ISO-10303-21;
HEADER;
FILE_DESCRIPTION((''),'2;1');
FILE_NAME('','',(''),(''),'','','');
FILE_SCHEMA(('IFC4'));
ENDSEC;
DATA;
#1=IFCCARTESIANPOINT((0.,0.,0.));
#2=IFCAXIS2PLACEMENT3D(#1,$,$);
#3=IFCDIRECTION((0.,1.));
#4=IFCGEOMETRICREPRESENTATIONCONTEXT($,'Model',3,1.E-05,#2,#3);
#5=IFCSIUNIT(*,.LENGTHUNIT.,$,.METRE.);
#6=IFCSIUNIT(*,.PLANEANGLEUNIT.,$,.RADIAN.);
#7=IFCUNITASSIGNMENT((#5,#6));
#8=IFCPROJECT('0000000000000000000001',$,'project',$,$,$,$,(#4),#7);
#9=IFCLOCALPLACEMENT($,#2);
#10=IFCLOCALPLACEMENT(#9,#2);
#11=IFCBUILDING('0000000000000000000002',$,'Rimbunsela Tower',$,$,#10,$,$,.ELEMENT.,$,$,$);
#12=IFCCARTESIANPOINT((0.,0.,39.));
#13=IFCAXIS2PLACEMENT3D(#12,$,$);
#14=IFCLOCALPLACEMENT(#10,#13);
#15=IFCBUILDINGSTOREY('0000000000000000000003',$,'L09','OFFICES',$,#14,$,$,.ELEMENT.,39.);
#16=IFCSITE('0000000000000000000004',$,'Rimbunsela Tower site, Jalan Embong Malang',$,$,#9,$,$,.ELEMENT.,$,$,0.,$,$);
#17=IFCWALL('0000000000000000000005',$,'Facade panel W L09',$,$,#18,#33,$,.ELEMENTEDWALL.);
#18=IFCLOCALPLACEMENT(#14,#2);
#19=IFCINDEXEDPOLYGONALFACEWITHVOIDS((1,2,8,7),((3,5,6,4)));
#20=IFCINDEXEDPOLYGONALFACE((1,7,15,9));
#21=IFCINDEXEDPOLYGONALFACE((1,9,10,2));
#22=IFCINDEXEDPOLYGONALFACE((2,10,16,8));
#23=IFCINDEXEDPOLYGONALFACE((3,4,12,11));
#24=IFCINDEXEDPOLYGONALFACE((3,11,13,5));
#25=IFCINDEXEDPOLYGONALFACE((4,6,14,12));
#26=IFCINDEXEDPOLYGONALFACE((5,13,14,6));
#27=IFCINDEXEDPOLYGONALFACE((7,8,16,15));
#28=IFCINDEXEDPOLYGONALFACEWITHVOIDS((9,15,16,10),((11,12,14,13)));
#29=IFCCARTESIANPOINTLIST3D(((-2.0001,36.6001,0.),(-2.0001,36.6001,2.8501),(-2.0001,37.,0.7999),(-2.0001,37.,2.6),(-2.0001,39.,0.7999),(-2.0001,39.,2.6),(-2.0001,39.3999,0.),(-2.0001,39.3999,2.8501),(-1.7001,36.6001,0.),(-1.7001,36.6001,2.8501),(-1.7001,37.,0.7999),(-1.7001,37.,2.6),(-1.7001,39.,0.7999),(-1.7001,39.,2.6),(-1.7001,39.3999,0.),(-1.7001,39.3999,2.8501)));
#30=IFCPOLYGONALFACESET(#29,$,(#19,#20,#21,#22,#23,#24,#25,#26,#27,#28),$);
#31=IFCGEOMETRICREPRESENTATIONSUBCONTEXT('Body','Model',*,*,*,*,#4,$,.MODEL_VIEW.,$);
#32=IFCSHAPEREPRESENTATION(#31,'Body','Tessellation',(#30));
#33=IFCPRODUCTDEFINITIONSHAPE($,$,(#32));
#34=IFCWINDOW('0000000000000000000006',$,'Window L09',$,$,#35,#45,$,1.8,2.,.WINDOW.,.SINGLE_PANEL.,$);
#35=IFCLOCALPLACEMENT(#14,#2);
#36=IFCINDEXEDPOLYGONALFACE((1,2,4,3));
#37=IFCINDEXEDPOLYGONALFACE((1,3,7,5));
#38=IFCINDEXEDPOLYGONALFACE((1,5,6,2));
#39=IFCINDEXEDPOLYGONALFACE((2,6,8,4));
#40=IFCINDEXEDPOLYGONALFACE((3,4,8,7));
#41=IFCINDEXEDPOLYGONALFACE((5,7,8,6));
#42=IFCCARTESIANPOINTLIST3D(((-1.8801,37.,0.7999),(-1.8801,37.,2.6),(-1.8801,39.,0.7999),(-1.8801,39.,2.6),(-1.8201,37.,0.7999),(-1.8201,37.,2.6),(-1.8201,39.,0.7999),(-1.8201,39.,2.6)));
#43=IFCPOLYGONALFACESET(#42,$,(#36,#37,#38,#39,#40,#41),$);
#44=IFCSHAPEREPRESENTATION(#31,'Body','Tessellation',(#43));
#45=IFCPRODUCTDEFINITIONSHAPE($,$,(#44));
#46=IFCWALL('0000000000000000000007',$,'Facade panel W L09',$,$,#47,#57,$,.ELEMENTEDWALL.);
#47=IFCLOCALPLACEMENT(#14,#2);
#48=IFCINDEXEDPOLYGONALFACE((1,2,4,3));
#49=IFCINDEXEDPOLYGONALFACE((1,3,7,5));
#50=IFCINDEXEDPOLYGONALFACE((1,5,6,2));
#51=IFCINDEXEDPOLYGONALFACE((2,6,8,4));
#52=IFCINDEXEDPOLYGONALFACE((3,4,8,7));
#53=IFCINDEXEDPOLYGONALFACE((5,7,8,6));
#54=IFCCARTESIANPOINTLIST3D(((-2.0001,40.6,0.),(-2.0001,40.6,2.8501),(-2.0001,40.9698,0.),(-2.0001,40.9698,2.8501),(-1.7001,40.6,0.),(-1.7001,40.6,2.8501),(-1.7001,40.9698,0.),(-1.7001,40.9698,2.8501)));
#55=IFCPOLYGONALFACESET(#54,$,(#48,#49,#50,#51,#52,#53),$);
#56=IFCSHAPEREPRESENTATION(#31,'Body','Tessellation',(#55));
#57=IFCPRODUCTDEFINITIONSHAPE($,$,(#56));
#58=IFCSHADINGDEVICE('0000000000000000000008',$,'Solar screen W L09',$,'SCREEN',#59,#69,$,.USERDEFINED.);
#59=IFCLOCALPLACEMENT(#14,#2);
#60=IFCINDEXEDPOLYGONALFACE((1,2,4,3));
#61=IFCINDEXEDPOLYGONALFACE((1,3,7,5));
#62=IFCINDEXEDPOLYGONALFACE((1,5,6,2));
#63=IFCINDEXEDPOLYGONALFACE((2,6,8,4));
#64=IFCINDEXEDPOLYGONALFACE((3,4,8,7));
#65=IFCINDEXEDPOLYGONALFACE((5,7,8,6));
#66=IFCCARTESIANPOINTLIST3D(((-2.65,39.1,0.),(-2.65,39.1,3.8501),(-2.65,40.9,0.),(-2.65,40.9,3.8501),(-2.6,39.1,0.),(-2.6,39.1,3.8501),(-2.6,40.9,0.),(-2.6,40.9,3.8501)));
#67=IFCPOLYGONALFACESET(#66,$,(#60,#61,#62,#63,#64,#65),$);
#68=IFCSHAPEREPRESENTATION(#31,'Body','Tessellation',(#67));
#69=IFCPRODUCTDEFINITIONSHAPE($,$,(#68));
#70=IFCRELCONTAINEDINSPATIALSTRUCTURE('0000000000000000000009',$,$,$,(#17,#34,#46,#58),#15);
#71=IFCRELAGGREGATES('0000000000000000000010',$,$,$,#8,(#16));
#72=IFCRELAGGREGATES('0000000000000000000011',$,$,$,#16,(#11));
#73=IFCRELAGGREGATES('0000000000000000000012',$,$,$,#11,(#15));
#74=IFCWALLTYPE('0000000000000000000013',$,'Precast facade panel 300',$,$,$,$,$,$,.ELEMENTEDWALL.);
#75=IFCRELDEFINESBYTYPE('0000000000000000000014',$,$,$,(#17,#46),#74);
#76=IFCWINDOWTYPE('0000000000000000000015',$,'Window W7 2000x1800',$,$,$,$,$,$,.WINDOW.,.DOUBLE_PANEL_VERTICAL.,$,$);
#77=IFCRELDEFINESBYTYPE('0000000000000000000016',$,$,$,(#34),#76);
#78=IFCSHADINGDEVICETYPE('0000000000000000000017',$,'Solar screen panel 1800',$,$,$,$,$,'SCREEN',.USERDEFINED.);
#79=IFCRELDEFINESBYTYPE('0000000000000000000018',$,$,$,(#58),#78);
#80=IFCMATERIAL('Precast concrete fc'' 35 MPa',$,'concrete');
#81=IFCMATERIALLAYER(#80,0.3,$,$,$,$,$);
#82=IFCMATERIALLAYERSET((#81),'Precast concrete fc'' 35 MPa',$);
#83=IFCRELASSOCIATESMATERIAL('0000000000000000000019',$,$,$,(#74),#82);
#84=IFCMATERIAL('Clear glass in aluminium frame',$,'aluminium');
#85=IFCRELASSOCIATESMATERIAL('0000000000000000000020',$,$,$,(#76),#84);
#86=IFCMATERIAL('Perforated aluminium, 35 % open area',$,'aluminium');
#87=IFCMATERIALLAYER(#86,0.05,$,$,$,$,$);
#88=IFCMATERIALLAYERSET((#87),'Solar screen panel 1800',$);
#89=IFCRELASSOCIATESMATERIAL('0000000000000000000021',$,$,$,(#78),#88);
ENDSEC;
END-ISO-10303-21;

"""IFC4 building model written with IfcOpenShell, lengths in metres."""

from ifc_helpers import new_model, si_unit, direction, frame, frame_2d, origin, origin_2d, place, context, subcontext, project, spatial, rectangle, extrude, material, layer, layer_set, type_object, element, fill, save


model = new_model("IFC4")

# Units and contexts
model_context = context("Model", 3, precision=1e-05, world=origin(), true_north=direction((0.0, 1.0)))
body_context = subcontext(model_context, "Body", "Model", "MODEL_VIEW")
ifc_project = project(units=[si_unit("LENGTHUNIT", "METRE"), si_unit("PLANEANGLEUNIT", "RADIAN")], contexts=[model_context])

# Site, building, storey
site_placement = place(None, origin())
site = spatial("IfcSite", under=ifc_project, at=site_placement, Name="Rimbunsela Tower site, Jalan Embong Malang", CompositionType="ELEMENT", RefElevation=0.0)
building_placement = place(site_placement, origin())
building = spatial("IfcBuilding", under=site, at=building_placement, Name="Rimbunsela Tower", CompositionType="ELEMENT")
storey_placement = place(building_placement, frame((0.0, 0.0, 39.0)))
storey = spatial("IfcBuildingStorey", under=building, at=storey_placement, Name="L09", Description="OFFICES", CompositionType="ELEMENT", Elevation=39.0)

# Shared definitions
ifc_material_1 = material(Name="Precast concrete fc' 35 MPa", Category="concrete")
ifc_layer_1 = layer(ifc_material_1, 0.3)
ifc_layer_set_1 = layer_set([ifc_layer_1], Name="Precast concrete fc' 35 MPa")
wall_type = type_object("IfcWallType", Name="Precast facade panel 300", PredefinedType="ELEMENTEDWALL", material=ifc_layer_set_1)

# Wall, opening, window
wall_1_placement = place(storey_placement, frame((-1.8501, 39.3999, 0.0), z_axis=(0.0, 0.0, 1.0), x_axis=(0.0, -1.0, 0.0)))
wall_1 = element("IfcWall", 1, at=wall_1_placement, inside=storey, type_object=wall_type, Name="Facade panel W L09", PredefinedType="ELEMENTEDWALL", context=body_context, shape_type="SweptSolid", body=[
    extrude(rectangle(XDim=2.7998, YDim=0.3, at=frame_2d((1.3999, 0.0))), origin(), (0.0, 0.0, 1.0), 2.8501),
])
opening_placement = place(wall_1_placement, frame((0.3999, 0.0, 0.8)))
opening = element("IfcOpeningElement", 2, at=opening_placement, cuts=wall_1, PredefinedType="OPENING", context=body_context, shape_type="SweptSolid", body=[
    extrude(rectangle(XDim=2.0, YDim=1.8, at=frame_2d((1.0, 0.8999))), frame((0.0, 0.1599, 0.0), z_axis=(0.0, -1.0, 0.0), x_axis=(1.0, 0.0, 0.0)), (0.0, 0.0, 1.0), 0.3201),
])
ifc_material_2 = material(Name="Clear glass in aluminium frame", Category="aluminium")
window_type = type_object("IfcWindowType", Name="Window W7 2000x1800", PartitioningType="DOUBLE_PANEL_VERTICAL", PredefinedType="WINDOW", material=ifc_material_2)
window_placement = place(opening_placement, origin())
window = element("IfcWindow", 3, at=window_placement, inside=storey, type_object=window_type, Name="Window L09", OverallHeight=1.8, OverallWidth=2.0, PartitioningType="SINGLE_PANEL", PredefinedType="WINDOW", context=body_context, shape_type="SweptSolid", body=[
    extrude(rectangle(XDim=2.0, YDim=1.8, at=frame_2d((1.0, 0.8999))), frame((0.0, 0.03, 0.0), z_axis=(0.0, -1.0, 0.0), x_axis=(1.0, 0.0, 0.0)), (0.0, 0.0, 1.0), 0.0601),
])
fill(opening, window)

# Wall
wall_2_placement = place(storey_placement, frame((-1.8501, 40.97, 0.0), z_axis=(0.0, 0.0, 1.0), x_axis=(0.0, -1.0, 0.0)))
element("IfcWall", 4, at=wall_2_placement, inside=storey, type_object=wall_type, Name="Facade panel W L09", PredefinedType="ELEMENTEDWALL", context=body_context, shape_type="SweptSolid", body=[
    extrude(rectangle(XDim=0.3699, YDim=0.3, at=frame_2d((0.1851, 0.0))), origin(), (0.0, 0.0, 1.0), 2.8501),
])

# Shading device
ifc_material_3 = material(Name="Perforated aluminium, 35 % open area", Category="aluminium")
ifc_layer_2 = layer(ifc_material_3, 0.05)
ifc_layer_set_2 = layer_set([ifc_layer_2], Name="Solar screen panel 1800")
shading_device_type = type_object("IfcShadingDeviceType", Name="Solar screen panel 1800", ElementType="SCREEN", PredefinedType="USERDEFINED", material=ifc_layer_set_2)
shading_device_placement = place(storey_placement, frame((-2.625, 40.0, 0.0), z_axis=(0.0, 0.0, 1.0), x_axis=(0.0, 1.0, 0.0)))
element("IfcShadingDevice", 5, at=shading_device_placement, inside=storey, type_object=shading_device_type, Name="Solar screen W L09", ObjectType="SCREEN", PredefinedType="USERDEFINED", context=body_context, shape_type="SweptSolid", body=[
    extrude(rectangle(XDim=1.8, YDim=0.05, at=origin_2d()), origin(), (0.0, 0.0, 1.0), 3.8501),
])

save(model, "model.ifc")
